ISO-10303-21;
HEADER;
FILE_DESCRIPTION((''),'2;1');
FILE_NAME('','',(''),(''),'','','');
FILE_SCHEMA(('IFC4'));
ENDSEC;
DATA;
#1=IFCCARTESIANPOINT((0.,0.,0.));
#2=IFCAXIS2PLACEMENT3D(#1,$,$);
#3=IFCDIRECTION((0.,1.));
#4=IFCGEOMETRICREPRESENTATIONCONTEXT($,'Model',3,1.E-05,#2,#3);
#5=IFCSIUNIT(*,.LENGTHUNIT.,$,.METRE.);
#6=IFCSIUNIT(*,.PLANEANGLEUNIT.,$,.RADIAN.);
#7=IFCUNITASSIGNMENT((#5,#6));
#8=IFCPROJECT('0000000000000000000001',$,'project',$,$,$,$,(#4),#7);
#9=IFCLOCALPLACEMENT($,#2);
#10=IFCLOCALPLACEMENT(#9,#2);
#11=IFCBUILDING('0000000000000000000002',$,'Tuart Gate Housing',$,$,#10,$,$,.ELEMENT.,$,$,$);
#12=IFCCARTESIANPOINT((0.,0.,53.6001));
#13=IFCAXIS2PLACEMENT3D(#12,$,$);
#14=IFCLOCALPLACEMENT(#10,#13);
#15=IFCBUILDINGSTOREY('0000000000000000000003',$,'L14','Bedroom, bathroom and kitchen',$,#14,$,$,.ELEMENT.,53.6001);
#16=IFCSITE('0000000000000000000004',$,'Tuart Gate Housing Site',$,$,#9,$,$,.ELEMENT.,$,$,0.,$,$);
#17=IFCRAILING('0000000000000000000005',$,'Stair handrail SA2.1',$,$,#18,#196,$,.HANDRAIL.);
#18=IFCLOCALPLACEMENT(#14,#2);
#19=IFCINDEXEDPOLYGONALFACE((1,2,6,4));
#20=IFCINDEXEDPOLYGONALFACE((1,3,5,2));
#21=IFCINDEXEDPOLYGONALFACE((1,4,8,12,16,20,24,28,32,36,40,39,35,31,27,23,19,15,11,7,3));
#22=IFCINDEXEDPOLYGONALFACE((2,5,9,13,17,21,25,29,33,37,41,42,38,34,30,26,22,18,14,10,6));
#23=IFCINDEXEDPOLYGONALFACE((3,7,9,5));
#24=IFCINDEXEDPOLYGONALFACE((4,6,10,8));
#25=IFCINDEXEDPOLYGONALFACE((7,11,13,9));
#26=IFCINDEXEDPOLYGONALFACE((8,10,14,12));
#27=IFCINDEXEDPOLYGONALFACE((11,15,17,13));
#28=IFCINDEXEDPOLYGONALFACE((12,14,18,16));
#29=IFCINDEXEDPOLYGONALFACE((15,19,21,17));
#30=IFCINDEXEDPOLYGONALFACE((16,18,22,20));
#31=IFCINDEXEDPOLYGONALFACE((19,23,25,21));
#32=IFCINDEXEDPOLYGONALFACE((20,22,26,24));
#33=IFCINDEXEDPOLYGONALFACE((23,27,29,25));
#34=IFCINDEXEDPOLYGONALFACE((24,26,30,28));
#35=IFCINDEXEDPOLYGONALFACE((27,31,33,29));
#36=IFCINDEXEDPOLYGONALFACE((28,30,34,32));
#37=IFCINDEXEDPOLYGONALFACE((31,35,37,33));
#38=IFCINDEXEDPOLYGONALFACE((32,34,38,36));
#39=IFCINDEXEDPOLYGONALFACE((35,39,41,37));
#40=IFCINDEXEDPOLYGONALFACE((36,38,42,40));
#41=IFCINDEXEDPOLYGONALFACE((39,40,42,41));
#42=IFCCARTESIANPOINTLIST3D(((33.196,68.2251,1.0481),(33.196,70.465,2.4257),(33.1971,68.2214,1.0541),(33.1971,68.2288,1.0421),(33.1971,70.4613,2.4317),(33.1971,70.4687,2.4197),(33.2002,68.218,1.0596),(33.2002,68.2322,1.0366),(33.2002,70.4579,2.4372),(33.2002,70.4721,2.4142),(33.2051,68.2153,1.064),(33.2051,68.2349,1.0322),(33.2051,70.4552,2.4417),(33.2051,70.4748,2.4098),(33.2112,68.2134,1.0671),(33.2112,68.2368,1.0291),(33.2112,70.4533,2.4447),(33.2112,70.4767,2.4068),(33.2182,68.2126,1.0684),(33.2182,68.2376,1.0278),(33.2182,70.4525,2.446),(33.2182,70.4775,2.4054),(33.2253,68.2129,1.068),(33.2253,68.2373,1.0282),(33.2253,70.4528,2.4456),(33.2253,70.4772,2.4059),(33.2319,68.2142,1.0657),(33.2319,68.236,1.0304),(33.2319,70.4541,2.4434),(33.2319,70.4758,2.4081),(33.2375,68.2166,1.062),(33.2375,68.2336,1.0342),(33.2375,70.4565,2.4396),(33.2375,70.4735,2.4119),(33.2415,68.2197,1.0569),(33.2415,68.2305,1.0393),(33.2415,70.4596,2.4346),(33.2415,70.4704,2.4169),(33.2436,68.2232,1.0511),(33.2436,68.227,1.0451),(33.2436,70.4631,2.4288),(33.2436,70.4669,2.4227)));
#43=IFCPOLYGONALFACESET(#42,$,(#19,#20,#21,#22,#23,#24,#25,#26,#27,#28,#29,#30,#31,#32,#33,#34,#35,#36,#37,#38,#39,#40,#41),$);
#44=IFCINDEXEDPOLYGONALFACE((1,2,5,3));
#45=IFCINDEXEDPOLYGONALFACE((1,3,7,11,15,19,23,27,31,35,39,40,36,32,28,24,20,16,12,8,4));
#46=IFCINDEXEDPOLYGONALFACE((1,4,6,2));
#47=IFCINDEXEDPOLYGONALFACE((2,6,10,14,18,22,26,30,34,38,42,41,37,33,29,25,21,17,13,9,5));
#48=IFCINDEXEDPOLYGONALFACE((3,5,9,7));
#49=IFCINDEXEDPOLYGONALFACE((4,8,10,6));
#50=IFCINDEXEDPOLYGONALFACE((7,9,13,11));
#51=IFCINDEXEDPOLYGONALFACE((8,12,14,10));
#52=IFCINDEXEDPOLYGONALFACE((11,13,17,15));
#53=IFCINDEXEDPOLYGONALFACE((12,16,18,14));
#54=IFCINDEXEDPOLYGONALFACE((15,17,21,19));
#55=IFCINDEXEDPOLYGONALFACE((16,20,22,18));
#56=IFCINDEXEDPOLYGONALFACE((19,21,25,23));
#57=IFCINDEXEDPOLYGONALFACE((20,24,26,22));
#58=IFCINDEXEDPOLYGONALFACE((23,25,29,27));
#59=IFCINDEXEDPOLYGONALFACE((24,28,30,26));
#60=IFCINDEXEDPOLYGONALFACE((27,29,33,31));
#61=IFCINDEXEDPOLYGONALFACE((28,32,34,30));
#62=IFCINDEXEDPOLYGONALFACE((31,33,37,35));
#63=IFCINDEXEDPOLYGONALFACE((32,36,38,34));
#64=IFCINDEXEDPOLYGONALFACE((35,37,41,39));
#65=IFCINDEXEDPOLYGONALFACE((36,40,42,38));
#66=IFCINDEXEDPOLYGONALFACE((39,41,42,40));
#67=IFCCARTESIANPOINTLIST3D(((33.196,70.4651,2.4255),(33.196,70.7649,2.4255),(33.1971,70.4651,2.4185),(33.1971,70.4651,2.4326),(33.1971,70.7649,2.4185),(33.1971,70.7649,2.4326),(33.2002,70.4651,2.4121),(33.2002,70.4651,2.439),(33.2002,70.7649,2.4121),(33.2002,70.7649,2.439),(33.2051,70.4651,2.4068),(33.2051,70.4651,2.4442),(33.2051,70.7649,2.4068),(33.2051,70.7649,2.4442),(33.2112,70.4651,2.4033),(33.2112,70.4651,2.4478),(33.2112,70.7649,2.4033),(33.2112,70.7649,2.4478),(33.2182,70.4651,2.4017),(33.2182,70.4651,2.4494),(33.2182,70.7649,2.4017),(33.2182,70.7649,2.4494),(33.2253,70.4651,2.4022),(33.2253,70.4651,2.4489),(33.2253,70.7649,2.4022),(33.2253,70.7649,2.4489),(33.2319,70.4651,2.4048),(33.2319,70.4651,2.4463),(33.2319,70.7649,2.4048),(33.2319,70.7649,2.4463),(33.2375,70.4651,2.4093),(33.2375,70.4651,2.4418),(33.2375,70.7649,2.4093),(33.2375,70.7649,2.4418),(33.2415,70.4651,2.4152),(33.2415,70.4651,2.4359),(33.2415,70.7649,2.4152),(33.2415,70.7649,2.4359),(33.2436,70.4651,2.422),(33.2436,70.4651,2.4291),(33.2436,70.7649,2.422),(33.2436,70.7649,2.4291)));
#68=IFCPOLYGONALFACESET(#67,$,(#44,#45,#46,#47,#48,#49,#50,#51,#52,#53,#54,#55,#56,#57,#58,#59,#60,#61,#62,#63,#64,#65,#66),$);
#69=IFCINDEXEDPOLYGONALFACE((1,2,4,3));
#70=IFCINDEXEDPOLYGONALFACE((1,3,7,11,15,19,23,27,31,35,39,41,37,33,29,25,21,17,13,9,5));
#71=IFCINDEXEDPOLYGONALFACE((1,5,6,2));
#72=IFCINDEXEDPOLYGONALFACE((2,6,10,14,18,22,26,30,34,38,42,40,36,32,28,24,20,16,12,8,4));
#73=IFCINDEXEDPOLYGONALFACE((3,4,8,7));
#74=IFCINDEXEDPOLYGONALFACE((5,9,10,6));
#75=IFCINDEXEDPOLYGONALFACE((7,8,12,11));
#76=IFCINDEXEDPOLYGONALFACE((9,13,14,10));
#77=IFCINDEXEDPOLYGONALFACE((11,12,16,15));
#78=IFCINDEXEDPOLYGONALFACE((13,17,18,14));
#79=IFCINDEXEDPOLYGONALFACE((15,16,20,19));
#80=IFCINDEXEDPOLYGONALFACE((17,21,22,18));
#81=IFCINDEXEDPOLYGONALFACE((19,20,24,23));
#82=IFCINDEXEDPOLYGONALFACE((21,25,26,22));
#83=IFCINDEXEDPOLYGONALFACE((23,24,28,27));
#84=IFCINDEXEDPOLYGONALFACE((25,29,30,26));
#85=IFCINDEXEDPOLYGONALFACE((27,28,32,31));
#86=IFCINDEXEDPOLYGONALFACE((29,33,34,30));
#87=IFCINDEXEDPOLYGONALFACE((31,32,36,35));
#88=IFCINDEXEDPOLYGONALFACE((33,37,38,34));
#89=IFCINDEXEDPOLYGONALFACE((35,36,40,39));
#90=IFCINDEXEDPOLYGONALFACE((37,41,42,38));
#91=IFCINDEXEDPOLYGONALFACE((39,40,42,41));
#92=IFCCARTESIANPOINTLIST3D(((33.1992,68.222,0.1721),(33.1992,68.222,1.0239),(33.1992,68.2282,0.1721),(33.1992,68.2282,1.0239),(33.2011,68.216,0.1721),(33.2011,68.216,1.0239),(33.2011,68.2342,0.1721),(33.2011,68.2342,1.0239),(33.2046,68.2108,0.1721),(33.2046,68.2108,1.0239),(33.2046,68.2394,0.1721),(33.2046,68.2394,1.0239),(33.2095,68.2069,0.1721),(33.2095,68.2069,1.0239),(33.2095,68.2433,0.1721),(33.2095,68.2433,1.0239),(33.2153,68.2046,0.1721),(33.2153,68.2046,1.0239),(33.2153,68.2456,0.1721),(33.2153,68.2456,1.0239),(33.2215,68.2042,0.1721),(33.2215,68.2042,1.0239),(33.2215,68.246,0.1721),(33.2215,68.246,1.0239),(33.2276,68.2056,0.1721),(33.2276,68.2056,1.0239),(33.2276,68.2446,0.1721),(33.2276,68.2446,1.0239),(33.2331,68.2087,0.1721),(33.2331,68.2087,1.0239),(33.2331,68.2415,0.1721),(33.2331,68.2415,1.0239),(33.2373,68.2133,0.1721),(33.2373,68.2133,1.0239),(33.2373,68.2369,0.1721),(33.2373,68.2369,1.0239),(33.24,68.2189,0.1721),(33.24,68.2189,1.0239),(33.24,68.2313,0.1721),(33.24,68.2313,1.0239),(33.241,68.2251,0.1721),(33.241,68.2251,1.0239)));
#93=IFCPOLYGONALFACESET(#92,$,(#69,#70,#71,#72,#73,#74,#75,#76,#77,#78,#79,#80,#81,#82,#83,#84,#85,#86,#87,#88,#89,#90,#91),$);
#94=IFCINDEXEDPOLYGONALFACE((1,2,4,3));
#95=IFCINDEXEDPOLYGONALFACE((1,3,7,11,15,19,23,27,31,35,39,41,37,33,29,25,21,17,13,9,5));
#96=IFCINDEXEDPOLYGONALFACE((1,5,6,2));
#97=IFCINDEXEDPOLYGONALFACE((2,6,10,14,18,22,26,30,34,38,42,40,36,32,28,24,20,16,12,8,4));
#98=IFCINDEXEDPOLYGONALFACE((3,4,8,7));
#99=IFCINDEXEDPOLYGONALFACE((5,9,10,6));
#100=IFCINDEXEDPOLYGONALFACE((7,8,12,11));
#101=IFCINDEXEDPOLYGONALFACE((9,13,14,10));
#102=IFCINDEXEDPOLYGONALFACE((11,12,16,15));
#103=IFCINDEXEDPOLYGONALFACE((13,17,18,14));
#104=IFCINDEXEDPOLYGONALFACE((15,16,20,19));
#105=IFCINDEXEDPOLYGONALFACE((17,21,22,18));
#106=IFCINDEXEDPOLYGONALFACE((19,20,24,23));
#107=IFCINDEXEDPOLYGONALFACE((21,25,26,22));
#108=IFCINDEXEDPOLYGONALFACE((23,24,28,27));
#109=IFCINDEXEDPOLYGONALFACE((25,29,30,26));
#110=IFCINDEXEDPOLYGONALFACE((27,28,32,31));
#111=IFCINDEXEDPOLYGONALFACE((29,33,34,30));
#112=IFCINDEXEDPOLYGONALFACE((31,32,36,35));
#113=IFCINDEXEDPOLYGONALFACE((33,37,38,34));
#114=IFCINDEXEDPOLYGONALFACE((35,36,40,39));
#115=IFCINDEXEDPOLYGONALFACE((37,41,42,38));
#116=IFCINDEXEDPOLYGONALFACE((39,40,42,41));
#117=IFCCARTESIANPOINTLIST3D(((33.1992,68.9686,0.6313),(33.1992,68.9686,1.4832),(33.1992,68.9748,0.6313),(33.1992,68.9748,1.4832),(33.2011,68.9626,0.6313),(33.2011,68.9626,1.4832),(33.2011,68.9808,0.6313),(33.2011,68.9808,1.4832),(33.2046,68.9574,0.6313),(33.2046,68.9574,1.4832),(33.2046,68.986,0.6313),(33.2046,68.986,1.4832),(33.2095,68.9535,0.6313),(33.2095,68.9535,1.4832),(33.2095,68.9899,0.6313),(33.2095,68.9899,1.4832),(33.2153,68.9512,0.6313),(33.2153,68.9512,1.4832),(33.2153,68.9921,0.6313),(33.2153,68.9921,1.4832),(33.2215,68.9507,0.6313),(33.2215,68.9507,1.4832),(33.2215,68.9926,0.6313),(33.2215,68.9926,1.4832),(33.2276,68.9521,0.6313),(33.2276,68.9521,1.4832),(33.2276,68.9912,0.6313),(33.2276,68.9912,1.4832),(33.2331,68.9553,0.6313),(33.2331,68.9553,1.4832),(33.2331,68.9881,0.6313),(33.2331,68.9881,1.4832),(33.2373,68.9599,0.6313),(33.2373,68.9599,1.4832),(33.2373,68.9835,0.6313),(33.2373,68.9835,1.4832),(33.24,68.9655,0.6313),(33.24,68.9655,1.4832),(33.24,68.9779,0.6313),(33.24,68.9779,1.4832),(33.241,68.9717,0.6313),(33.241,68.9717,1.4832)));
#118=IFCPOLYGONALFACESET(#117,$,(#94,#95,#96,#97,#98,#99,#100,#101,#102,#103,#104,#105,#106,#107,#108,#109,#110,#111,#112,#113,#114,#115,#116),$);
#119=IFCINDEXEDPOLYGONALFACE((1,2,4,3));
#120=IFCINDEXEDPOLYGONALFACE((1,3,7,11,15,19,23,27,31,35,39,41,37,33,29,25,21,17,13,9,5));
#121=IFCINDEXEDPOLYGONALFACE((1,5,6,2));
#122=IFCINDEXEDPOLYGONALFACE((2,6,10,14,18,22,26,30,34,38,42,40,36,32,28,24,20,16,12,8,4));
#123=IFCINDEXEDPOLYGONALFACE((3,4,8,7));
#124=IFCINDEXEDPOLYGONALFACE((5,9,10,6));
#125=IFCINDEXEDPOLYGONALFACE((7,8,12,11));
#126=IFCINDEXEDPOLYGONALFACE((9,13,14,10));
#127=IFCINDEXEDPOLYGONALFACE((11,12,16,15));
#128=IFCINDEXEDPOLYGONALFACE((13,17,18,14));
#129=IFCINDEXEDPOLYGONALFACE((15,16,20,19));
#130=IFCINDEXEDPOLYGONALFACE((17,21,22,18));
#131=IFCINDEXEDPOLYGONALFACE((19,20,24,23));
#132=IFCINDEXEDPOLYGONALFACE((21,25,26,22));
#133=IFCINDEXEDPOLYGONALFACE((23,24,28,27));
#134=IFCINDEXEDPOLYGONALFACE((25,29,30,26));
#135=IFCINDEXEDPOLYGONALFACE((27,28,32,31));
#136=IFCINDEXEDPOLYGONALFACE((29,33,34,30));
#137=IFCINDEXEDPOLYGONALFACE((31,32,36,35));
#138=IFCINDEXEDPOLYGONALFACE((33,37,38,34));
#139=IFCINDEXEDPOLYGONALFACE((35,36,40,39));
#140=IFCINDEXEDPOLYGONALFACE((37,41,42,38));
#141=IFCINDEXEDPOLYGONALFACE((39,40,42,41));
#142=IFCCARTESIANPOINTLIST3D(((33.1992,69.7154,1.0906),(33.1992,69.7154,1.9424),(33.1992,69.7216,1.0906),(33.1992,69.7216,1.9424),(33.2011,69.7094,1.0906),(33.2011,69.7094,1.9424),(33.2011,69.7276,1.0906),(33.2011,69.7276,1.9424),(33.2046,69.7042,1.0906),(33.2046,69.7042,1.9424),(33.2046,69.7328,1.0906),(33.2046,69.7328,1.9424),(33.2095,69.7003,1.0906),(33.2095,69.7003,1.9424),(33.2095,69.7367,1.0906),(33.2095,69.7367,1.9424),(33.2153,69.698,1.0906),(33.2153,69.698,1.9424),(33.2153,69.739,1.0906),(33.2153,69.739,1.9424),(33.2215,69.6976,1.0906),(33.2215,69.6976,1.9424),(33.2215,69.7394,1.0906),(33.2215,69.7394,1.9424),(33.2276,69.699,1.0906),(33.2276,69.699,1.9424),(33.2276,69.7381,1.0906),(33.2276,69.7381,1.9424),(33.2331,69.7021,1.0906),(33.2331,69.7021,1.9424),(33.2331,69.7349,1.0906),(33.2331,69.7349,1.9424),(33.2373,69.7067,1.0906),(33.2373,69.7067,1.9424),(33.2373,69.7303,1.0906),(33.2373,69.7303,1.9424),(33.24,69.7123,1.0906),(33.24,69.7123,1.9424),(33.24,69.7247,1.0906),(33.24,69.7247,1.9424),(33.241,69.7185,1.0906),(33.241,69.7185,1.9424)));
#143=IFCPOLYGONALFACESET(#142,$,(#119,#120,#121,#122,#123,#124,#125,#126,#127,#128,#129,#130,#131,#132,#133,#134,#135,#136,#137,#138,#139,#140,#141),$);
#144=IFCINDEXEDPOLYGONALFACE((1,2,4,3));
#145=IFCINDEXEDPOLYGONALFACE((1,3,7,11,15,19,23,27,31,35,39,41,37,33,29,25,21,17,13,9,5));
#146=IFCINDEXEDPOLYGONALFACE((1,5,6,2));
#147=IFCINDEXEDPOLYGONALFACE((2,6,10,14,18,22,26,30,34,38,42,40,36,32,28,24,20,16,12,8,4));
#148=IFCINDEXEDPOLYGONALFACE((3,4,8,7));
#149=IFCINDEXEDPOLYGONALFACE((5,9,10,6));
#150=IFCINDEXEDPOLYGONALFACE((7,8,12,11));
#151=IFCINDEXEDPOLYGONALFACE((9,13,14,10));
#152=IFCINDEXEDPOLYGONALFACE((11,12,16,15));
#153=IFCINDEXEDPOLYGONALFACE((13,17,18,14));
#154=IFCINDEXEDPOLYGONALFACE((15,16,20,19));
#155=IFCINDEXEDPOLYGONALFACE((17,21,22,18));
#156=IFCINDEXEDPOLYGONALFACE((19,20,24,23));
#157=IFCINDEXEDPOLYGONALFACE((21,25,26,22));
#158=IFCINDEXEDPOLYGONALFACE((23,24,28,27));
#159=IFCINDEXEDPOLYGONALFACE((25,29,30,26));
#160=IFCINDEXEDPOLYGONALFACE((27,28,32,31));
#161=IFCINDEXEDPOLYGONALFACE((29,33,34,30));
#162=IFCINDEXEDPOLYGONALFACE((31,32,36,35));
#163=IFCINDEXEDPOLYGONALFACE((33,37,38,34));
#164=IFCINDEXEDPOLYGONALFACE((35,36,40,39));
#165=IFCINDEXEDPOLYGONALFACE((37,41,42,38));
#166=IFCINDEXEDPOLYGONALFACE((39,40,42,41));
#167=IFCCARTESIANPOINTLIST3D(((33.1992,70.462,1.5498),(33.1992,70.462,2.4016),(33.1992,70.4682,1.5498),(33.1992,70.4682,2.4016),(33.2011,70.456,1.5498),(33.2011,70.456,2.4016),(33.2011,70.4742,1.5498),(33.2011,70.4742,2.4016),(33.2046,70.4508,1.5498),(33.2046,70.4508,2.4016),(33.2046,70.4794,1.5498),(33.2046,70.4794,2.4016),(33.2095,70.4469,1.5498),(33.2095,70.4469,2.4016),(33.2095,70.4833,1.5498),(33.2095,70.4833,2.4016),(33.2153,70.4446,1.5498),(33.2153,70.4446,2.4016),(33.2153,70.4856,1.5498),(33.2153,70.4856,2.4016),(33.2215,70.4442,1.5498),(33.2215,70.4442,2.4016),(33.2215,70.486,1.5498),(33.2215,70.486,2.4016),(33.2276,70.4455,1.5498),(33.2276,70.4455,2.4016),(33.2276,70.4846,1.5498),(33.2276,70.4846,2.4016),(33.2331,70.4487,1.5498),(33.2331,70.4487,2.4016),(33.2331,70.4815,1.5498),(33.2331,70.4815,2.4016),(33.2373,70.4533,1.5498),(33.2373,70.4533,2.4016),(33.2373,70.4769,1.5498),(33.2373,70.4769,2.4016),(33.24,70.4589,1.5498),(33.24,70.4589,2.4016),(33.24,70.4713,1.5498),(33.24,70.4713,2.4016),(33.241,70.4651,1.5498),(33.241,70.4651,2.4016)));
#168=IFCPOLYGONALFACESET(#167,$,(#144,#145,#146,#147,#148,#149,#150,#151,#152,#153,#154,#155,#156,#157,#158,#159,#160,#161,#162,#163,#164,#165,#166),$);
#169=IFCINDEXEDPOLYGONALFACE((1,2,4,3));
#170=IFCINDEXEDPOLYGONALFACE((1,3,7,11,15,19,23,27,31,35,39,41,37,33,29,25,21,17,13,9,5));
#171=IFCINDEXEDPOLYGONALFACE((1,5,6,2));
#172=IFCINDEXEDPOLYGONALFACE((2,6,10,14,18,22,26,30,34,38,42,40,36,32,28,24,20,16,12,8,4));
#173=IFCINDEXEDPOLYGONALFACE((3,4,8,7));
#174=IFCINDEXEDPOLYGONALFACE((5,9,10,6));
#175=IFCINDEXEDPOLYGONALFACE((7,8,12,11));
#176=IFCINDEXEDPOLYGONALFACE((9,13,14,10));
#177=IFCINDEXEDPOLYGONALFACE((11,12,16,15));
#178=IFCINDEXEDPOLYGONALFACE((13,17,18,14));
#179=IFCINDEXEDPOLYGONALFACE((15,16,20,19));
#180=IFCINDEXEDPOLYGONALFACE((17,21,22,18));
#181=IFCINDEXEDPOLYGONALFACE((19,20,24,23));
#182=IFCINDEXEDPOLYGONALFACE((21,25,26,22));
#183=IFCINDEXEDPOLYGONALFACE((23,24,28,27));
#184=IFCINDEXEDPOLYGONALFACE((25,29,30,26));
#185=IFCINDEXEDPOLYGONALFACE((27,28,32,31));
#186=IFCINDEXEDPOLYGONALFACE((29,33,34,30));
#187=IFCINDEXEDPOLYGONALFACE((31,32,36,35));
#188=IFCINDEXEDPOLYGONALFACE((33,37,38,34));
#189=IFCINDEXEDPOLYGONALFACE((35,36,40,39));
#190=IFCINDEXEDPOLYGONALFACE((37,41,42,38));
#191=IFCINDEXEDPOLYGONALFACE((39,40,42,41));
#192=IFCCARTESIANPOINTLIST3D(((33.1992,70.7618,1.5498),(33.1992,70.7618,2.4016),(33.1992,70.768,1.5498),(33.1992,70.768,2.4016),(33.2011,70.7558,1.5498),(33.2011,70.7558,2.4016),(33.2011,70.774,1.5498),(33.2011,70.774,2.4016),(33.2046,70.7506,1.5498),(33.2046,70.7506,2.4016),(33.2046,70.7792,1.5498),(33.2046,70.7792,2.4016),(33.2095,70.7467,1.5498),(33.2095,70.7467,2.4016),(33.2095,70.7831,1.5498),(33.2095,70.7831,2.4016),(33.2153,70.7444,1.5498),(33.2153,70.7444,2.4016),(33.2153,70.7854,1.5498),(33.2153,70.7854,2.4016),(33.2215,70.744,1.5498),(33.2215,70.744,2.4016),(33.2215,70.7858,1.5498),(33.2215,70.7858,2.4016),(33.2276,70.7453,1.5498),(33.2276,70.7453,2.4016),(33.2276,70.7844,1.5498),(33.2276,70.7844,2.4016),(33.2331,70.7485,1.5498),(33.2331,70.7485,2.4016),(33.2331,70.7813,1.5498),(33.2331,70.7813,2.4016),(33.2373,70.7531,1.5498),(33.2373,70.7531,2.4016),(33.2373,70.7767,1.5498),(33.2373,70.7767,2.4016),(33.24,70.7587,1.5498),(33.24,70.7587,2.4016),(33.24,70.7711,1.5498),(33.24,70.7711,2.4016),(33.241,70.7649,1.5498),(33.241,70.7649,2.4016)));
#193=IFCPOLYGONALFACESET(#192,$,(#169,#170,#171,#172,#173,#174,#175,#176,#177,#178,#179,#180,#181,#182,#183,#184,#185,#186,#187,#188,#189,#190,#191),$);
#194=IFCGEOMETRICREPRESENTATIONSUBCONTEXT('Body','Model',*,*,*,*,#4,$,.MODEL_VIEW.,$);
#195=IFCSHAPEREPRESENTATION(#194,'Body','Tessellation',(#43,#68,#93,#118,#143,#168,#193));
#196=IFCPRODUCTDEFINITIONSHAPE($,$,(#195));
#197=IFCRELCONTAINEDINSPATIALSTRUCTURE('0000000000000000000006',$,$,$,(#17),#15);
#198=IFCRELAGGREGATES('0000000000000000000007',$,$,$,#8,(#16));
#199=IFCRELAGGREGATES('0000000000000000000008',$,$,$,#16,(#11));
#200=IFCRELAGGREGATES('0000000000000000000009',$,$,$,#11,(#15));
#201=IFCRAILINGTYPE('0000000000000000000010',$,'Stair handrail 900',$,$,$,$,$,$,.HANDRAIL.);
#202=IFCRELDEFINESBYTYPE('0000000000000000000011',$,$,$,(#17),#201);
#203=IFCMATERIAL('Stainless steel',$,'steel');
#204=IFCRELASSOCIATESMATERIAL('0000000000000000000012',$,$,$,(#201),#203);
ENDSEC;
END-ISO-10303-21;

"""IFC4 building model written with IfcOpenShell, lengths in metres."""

from ifc_helpers import new_model, si_unit, direction, frame, origin, origin_2d, place, context, subcontext, project, spatial, circle, extrude, material, type_object, element, save


model = new_model("IFC4")

# Units and contexts
model_context = context("Model", 3, precision=1e-05, world=origin(), true_north=direction((0.0, 1.0)))
body_context = subcontext(model_context, "Body", "Model", "MODEL_VIEW")
ifc_project = project(units=[si_unit("LENGTHUNIT", "METRE"), si_unit("PLANEANGLEUNIT", "RADIAN")], contexts=[model_context])

# Site, building, storey
site_placement = place(None, origin())
site = spatial("IfcSite", under=ifc_project, at=site_placement, Name="Tuart Gate Housing Site", CompositionType="ELEMENT", RefElevation=0.0)
building_placement = place(site_placement, origin())
building = spatial("IfcBuilding", under=site, at=building_placement, Name="Tuart Gate Housing", CompositionType="ELEMENT")
storey_placement = place(building_placement, frame((0.0, 0.0, 53.6001)))
storey = spatial("IfcBuildingStorey", under=building, at=storey_placement, Name="L14", Description="Bedroom, bathroom and kitchen", CompositionType="ELEMENT", Elevation=53.6001)

# Railing
ifc_material_1 = material(Name="Stainless steel", Category="steel")
railing_type = type_object("IfcRailingType", Name="Stair handrail 900", PredefinedType="HANDRAIL", material=ifc_material_1)
railing_placement = place(storey_placement, frame((33.22, 68.2251, 0.1721)))
element("IfcRailing", 1, at=railing_placement, inside=storey, type_object=railing_type, Name="Stair handrail SA2.1", PredefinedType="HANDRAIL", context=body_context, shape_type="SweptSolid", body=[
    extrude(circle(Radius=0.0239, at=origin_2d()), frame((0.0, 0.0, 0.876), z_axis=(0.0, 0.851789, 0.523885), x_axis=(-1.0, 0.0, 0.0)), (0.0, 0.0, 1.0), 2.6296),
    extrude(circle(Radius=0.0239, at=origin_2d()), frame((0.0, 2.24, 2.2534), z_axis=(0.0, 1.0, 0.0), x_axis=(-1.0, 0.0, 0.0)), (0.0, 0.0, 1.0), 0.2998),
    extrude(circle(Radius=0.021, at=origin_2d()), origin(), (0.0, 0.0, 1.0), 0.8518),
    extrude(circle(Radius=0.021, at=origin_2d()), frame((0.0, 0.7466, 0.4592)), (0.0, 0.0, 1.0), 0.8518),
    extrude(circle(Radius=0.021, at=origin_2d()), frame((0.0, 1.4934, 0.9185)), (0.0, 0.0, 1.0), 0.8518),
    extrude(circle(Radius=0.021, at=origin_2d()), frame((0.0, 2.24, 1.3777)), (0.0, 0.0, 1.0), 0.8518),
    extrude(circle(Radius=0.021, at=origin_2d()), frame((0.0, 2.5398, 1.3777)), (0.0, 0.0, 1.0), 0.8518),
])

save(model, "model.ifc")
